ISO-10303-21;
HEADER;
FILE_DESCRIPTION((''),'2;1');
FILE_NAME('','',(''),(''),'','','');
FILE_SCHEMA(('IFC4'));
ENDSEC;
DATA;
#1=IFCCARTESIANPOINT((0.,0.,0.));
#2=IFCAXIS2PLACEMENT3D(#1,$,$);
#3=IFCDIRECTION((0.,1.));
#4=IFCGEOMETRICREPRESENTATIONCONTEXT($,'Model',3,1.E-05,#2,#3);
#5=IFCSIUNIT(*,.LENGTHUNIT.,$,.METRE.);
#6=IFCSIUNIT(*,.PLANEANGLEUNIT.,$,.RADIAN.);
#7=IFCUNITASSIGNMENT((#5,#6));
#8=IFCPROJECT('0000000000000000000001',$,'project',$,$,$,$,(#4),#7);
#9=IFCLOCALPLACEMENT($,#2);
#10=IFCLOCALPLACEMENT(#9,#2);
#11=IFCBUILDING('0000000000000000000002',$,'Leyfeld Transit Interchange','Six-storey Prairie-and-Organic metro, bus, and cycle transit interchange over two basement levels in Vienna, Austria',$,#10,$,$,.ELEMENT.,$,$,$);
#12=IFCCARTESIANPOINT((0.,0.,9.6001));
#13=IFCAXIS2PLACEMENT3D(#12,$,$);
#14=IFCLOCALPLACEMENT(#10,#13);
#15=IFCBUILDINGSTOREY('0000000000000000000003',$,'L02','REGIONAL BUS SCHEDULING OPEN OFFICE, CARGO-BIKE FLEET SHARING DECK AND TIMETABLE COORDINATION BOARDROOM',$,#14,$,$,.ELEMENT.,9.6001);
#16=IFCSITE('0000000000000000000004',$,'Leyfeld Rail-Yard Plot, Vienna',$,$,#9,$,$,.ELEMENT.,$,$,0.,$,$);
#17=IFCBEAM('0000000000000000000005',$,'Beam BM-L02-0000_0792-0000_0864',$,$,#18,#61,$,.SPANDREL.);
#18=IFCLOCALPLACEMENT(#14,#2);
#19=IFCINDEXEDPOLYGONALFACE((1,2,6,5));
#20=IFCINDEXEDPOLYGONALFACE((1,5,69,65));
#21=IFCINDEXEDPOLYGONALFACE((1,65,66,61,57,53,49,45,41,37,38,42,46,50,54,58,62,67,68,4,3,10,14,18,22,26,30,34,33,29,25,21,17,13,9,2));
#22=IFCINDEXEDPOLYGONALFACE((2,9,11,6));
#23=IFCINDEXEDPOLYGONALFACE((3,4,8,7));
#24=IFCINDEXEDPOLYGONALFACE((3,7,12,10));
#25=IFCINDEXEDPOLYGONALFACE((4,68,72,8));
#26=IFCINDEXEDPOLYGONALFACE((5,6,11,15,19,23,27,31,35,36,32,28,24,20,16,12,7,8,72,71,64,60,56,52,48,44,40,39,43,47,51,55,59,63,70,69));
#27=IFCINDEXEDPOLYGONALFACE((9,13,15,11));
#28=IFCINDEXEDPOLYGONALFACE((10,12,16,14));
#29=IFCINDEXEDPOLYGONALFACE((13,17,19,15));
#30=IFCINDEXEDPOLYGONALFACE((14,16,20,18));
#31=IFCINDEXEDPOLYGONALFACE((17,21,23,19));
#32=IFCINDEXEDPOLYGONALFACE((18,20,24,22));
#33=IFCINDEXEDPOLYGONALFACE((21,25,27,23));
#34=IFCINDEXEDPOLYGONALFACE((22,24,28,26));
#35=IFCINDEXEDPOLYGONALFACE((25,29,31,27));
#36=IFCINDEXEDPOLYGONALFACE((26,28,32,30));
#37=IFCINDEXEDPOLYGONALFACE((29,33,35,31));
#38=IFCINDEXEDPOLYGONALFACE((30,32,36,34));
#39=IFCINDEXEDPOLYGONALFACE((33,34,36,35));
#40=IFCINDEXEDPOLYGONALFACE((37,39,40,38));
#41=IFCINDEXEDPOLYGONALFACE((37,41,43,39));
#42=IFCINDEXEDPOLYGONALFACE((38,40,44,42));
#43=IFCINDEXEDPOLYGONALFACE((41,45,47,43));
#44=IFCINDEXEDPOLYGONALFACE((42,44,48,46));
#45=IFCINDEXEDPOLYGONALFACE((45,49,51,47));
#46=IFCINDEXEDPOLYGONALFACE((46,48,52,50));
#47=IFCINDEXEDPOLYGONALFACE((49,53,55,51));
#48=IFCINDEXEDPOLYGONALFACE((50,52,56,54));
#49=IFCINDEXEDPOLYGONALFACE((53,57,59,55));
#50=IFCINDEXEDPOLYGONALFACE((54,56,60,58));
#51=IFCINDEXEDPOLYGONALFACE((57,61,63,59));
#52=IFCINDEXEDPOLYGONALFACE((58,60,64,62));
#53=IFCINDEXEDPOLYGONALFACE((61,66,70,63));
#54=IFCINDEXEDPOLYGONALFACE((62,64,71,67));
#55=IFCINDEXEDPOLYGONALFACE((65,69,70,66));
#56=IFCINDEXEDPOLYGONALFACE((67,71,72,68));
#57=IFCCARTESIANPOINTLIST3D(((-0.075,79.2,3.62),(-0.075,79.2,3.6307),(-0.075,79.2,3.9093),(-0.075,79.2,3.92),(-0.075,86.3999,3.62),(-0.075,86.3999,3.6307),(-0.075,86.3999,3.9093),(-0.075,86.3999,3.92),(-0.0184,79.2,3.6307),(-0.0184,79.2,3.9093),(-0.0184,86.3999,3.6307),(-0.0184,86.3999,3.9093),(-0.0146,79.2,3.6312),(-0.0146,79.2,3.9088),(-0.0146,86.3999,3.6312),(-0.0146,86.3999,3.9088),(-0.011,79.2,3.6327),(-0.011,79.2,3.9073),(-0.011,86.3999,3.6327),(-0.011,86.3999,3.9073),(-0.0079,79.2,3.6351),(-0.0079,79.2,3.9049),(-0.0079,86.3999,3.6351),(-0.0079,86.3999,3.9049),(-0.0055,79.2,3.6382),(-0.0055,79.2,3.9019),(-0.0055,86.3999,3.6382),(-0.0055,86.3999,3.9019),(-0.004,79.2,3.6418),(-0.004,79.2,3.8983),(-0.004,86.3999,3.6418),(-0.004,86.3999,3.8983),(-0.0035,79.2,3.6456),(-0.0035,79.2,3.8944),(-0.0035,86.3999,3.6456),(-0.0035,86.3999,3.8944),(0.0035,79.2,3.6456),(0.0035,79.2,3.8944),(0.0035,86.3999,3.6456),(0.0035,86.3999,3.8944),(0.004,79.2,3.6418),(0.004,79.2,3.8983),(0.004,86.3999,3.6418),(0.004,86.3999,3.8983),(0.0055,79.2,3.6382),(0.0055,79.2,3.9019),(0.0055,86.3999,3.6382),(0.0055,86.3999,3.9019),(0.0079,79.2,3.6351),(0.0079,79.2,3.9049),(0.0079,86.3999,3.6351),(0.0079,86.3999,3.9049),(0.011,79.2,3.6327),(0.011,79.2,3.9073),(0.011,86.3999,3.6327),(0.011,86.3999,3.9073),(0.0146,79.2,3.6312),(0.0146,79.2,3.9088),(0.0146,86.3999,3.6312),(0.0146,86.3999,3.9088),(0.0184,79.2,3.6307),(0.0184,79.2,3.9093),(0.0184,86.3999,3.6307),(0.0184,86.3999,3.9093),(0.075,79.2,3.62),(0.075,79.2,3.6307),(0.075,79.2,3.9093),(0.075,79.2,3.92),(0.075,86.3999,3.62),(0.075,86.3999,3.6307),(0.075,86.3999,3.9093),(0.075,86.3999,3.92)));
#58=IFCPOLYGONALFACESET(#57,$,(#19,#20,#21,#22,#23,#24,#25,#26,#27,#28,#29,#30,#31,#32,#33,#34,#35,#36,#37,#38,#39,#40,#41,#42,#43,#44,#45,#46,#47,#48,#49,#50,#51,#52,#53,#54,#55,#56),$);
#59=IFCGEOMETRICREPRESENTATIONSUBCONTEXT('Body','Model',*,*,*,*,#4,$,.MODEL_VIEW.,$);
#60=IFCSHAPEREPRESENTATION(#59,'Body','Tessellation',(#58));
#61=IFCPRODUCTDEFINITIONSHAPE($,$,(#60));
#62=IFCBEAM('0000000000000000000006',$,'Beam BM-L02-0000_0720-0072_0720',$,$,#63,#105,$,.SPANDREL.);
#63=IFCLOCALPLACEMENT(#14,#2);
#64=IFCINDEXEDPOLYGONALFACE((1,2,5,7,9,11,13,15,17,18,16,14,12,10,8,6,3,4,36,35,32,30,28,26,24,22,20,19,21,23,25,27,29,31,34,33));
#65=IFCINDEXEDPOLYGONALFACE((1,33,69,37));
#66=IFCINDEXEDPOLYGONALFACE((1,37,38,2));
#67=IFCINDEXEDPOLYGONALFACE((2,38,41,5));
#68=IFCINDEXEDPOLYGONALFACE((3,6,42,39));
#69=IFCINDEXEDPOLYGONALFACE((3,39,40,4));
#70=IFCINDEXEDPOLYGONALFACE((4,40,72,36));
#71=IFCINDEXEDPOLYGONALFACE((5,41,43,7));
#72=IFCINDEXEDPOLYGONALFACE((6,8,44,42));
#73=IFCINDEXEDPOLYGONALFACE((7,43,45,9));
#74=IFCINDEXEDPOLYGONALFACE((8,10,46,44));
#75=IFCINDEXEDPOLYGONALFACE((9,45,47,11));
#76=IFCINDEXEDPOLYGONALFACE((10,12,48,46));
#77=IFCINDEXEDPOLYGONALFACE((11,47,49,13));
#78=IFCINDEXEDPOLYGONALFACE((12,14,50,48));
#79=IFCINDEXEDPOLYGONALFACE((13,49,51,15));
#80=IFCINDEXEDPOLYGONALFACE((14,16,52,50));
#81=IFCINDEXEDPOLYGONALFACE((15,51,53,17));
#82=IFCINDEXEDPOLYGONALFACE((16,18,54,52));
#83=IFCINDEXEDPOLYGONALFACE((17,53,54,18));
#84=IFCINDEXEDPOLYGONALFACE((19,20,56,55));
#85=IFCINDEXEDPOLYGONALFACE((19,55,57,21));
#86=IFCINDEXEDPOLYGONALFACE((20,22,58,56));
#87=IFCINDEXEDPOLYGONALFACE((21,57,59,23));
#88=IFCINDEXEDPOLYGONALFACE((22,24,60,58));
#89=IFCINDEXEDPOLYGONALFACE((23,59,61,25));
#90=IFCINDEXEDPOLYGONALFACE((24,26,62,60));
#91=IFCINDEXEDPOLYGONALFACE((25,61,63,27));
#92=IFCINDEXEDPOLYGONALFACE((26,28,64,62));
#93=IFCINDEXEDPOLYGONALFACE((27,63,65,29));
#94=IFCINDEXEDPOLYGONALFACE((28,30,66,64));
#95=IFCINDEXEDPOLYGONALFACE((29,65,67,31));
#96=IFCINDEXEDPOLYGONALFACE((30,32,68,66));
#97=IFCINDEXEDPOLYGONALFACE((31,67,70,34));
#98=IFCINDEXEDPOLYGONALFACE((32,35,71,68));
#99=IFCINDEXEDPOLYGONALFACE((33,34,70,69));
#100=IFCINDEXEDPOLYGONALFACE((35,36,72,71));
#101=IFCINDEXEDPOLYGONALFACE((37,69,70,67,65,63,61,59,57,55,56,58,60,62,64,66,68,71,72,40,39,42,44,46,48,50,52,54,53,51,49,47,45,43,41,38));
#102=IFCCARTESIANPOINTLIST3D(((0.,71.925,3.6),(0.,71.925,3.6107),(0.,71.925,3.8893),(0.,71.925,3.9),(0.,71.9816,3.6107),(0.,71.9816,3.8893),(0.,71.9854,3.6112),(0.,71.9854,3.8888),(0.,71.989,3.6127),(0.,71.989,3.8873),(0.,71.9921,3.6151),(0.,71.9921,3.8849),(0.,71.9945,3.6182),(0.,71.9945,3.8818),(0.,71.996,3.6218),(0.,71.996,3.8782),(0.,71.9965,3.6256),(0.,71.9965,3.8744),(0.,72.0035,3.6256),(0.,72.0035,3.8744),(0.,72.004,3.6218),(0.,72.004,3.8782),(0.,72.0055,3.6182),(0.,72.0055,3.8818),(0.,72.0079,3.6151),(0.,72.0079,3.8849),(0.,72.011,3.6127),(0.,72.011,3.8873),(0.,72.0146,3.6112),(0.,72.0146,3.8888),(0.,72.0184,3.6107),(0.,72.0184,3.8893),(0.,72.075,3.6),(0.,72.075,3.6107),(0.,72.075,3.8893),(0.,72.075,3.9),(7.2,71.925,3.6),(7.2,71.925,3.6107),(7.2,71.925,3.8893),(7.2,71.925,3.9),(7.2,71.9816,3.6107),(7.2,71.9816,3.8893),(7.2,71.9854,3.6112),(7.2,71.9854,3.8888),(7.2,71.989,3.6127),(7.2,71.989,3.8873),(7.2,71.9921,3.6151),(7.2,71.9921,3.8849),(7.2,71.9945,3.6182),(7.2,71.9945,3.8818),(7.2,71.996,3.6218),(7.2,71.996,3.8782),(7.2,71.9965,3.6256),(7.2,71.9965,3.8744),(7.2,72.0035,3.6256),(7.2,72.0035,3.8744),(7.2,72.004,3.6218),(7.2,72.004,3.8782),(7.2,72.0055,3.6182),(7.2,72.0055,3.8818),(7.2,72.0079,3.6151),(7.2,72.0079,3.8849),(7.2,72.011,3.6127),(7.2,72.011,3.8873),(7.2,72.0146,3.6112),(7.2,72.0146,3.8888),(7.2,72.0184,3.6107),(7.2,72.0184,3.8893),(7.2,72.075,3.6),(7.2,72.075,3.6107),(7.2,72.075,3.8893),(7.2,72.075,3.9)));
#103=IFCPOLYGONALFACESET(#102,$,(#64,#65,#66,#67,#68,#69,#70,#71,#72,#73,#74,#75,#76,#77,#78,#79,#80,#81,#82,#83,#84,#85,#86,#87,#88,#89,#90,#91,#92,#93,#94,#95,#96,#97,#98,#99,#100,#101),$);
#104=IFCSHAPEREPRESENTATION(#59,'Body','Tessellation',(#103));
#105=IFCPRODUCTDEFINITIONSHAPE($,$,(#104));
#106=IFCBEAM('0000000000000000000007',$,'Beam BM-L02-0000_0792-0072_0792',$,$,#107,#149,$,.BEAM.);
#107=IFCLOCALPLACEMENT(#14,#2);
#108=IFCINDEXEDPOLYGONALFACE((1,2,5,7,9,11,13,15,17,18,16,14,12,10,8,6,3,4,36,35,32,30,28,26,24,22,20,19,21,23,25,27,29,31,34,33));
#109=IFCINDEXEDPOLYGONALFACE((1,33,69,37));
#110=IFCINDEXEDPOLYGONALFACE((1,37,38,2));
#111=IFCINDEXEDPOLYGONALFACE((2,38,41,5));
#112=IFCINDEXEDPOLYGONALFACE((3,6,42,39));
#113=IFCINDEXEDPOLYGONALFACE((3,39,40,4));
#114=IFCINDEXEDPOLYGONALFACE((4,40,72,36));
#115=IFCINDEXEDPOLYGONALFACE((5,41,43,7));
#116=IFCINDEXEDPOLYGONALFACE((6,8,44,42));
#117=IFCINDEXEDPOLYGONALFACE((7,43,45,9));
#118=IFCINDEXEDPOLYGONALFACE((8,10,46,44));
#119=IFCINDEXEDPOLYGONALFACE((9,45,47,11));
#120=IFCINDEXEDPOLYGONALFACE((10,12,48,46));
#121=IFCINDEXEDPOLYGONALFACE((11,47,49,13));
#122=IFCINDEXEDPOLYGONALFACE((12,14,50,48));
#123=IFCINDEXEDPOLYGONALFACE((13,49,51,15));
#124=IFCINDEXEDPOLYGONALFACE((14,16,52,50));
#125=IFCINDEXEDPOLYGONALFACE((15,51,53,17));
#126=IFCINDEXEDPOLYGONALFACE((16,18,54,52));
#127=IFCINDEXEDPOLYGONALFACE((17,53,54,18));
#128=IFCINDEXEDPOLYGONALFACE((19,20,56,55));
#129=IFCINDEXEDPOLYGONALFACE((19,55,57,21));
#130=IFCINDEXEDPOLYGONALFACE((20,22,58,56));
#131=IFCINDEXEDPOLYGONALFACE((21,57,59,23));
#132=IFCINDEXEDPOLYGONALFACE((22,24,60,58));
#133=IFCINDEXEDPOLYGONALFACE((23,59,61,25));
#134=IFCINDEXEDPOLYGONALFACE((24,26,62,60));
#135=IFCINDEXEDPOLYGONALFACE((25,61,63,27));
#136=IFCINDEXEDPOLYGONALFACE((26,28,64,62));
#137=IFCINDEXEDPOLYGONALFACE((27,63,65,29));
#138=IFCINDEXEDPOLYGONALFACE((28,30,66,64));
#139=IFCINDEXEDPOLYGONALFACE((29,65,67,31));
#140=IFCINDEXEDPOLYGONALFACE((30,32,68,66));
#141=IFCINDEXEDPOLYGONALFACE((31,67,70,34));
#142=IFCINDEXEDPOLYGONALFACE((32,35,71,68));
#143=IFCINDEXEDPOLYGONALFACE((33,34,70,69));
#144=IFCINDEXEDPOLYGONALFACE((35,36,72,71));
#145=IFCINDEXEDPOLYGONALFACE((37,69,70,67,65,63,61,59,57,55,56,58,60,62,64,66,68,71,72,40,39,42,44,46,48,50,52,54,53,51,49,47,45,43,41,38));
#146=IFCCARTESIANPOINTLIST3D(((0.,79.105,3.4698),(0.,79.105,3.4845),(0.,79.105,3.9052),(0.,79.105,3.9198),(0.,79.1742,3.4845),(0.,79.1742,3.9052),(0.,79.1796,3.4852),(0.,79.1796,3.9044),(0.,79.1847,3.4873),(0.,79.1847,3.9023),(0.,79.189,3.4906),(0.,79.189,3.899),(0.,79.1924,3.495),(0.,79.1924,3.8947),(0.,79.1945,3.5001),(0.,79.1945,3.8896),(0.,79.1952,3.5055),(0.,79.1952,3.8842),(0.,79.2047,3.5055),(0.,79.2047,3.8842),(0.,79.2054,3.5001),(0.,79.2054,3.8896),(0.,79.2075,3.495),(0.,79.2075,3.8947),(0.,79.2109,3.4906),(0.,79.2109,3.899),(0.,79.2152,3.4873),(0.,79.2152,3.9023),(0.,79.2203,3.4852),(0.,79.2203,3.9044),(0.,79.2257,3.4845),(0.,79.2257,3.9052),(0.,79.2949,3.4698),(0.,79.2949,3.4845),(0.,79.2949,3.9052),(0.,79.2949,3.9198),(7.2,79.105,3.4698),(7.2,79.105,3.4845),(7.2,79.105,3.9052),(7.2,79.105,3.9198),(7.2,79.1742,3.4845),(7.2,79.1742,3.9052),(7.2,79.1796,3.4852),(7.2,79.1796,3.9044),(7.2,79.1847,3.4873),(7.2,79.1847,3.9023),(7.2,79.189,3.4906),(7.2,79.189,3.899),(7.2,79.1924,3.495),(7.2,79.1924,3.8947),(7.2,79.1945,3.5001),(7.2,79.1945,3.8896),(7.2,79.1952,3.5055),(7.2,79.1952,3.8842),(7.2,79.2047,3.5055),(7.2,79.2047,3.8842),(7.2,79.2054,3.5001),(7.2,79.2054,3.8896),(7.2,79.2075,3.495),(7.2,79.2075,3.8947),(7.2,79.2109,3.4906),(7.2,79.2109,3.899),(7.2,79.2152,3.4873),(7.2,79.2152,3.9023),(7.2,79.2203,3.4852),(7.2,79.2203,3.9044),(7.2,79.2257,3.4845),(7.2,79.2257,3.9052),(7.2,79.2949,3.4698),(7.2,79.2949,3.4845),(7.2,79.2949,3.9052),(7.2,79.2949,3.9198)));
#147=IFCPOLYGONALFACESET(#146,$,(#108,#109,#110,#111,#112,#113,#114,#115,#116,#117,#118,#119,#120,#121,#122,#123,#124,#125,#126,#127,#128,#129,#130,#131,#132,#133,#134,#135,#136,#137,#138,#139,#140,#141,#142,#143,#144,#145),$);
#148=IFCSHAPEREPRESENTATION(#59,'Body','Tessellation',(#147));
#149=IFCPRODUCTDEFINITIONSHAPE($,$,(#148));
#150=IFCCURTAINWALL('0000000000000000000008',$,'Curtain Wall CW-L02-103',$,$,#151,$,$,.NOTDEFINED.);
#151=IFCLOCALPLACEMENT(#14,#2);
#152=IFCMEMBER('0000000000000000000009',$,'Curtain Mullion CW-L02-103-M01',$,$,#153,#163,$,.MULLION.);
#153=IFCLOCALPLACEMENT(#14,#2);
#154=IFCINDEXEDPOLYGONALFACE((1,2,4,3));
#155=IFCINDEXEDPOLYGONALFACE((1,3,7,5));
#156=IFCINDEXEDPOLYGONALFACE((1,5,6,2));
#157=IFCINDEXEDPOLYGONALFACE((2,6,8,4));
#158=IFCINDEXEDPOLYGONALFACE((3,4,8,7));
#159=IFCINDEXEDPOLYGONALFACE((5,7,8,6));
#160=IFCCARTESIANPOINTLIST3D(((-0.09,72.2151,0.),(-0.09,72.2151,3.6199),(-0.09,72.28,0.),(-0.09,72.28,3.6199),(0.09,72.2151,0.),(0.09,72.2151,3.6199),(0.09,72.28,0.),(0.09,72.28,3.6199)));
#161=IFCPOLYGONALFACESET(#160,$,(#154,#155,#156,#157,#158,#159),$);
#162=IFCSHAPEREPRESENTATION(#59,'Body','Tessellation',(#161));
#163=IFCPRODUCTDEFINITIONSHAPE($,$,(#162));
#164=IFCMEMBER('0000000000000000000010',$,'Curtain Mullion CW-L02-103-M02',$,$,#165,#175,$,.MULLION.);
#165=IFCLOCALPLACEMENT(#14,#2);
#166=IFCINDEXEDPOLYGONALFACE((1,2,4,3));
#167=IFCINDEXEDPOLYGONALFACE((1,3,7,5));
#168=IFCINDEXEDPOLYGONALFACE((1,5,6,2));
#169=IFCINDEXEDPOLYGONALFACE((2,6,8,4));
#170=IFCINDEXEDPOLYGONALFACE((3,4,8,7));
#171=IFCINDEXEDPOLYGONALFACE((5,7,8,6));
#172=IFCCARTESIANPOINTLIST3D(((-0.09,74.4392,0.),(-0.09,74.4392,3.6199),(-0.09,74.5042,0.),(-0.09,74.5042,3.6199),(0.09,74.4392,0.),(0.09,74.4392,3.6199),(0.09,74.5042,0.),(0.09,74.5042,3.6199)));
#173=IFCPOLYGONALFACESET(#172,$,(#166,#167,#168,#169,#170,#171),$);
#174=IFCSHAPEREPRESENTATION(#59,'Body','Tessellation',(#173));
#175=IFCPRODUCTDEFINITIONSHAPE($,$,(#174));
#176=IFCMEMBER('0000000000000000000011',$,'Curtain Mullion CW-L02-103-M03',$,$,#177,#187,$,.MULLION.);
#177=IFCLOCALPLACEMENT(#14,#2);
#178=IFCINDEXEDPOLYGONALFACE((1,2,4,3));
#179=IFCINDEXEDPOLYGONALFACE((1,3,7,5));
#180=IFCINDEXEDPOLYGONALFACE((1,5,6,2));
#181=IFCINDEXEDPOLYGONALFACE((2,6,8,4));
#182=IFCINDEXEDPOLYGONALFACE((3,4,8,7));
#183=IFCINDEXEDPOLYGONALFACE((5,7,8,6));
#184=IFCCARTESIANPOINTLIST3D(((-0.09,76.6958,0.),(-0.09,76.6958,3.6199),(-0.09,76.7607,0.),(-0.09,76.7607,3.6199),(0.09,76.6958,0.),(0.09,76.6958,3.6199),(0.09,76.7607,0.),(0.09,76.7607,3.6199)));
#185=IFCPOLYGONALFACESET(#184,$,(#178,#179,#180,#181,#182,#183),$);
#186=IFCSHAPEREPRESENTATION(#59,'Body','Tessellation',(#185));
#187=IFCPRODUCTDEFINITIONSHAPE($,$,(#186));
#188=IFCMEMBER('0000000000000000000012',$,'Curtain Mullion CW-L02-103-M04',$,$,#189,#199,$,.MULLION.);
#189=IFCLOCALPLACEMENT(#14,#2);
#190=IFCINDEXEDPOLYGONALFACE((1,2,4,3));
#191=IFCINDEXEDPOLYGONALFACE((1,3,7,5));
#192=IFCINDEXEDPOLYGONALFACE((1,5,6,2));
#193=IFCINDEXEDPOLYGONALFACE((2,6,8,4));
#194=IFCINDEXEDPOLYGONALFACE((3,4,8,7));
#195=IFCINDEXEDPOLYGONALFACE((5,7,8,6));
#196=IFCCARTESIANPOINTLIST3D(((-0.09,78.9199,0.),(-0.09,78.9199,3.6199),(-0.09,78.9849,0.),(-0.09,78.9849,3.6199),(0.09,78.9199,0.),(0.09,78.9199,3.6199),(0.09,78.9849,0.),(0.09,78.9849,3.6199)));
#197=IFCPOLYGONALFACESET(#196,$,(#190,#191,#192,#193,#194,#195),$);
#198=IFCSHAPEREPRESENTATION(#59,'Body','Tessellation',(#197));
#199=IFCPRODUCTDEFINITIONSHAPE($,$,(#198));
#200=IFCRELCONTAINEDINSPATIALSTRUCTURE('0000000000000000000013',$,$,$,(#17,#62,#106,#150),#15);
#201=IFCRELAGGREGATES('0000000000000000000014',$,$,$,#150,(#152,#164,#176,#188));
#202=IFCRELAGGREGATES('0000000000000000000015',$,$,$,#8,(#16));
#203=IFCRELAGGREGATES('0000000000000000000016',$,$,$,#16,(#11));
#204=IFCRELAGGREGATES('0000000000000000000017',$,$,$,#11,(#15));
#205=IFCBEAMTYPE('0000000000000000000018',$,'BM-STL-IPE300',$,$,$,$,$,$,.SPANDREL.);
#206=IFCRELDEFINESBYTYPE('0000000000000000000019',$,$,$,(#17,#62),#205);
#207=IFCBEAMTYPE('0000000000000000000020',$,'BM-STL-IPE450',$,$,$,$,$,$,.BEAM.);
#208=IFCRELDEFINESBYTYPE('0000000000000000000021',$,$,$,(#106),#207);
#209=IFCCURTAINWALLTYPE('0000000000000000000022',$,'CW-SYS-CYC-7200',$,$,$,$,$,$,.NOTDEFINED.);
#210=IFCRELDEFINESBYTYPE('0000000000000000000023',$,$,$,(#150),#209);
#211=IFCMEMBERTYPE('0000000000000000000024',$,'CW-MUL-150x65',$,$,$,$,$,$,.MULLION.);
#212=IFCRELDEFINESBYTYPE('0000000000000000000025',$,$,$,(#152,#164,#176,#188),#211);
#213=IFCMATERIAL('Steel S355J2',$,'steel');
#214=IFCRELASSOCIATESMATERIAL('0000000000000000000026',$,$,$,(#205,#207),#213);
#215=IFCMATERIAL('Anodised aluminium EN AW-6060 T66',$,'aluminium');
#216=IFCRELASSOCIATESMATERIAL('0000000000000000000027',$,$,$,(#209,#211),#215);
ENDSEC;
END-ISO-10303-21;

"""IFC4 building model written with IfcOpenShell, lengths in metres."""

from ifc_helpers import new_model, si_unit, direction, frame, origin, origin_2d, place, context, subcontext, project, spatial, rectangle, i_section, extrude, material, material_profile, profile_set, type_object, element, aggregate, save


model = new_model("IFC4")

# Units and contexts
model_context = context("Model", 3, precision=1e-05, world=origin(), true_north=direction((0.0, 1.0)))
body_context = subcontext(model_context, "Body", "Model", "MODEL_VIEW")
ifc_project = project(units=[si_unit("LENGTHUNIT", "METRE"), si_unit("PLANEANGLEUNIT", "RADIAN")], contexts=[model_context])

# Site, building, storey
site_placement = place(None, origin())
site = spatial("IfcSite", under=ifc_project, at=site_placement, Name="Leyfeld Rail-Yard Plot, Vienna", CompositionType="ELEMENT", RefElevation=0.0)
building_placement = place(site_placement, origin())
building = spatial("IfcBuilding", under=site, at=building_placement, Name="Leyfeld Transit Interchange", Description="Six-storey Prairie-and-Organic metro, bus, and cycle transit interchange over two basement levels in Vienna, Austria", CompositionType="ELEMENT")
storey_placement = place(building_placement, frame((0.0, 0.0, 9.6001)))
storey = spatial("IfcBuildingStorey", under=building, at=storey_placement, Name="L02", Description="REGIONAL BUS SCHEDULING OPEN OFFICE, CARGO-BIKE FLEET SHARING DECK AND TIMETABLE COORDINATION BOARDROOM", CompositionType="ELEMENT", Elevation=9.6001)

# Beams
ifc_material_1 = material(Name="Steel S355J2", Category="steel")
ifc_material_profile_1 = material_profile(ifc_material_1, i_section(OverallWidth=0.1499, OverallDepth=0.3, WebThickness=0.0071, FlangeThickness=0.0107, FilletRadius=0.0149, at=origin_2d()), Name="IPE 300")
ifc_profile_set_1 = profile_set([ifc_material_profile_1], Name="Steel S355J2")
beam_type_1 = type_object("IfcBeamType", Name="BM-STL-IPE300", PredefinedType="SPANDREL", material=ifc_profile_set_1)
for number, where, z_axis, x_axis, name in (
    (1, (0.0, 79.2, 3.77), (0.0, 1.0, 0.0), (-1.0, 0.0, 0.0), "Beam BM-L02-0000_0792-0000_0864"),
    (2, (0.0, 72.0, 3.75), (1.0, 0.0, 0.0), (0.0, 1.0, 0.0), "Beam BM-L02-0000_0720-0072_0720"),
):
    element("IfcBeam", number, at=place(storey_placement, frame(where, z_axis=z_axis, x_axis=x_axis)), inside=storey, type_object=beam_type_1, Name=name, PredefinedType="SPANDREL", context=body_context, shape_type="SweptSolid", body=[
        extrude(i_section(OverallWidth=0.1499, OverallDepth=0.3, WebThickness=0.0071, FlangeThickness=0.0107, FilletRadius=0.0149, at=origin_2d()), origin(), (0.0, 0.0, 1.0), 7.2),
    ])
ifc_material_profile_2 = material_profile(ifc_material_1, i_section(OverallWidth=0.1899, OverallDepth=0.45, WebThickness=0.0095, FlangeThickness=0.0146, FilletRadius=0.021, at=origin_2d()), Name="IPE 450")
ifc_profile_set_2 = profile_set([ifc_material_profile_2], Name="Steel S355J2")
beam_type_2 = type_object("IfcBeamType", Name="BM-STL-IPE450", PredefinedType="BEAM", material=ifc_profile_set_2)
beam_placement = place(storey_placement, frame((0.0, 79.2, 3.6948), z_axis=(1.0, 0.0, 0.0), x_axis=(0.0, 1.0, 0.0)))
element("IfcBeam", 3, at=beam_placement, inside=storey, type_object=beam_type_2, Name="Beam BM-L02-0000_0792-0072_0792", PredefinedType="BEAM", context=body_context, shape_type="SweptSolid", body=[
    extrude(i_section(OverallWidth=0.1899, OverallDepth=0.45, WebThickness=0.0095, FlangeThickness=0.0146, FilletRadius=0.021, at=origin_2d()), origin(), (0.0, 0.0, 1.0), 7.2),
])

# Curtain wall, members
ifc_material_2 = material(Name="Anodised aluminium EN AW-6060 T66", Category="aluminium")
curtain_wall_type = type_object("IfcCurtainWallType", Name="CW-SYS-CYC-7200", PredefinedType="NOTDEFINED", material=ifc_material_2)
curtain_wall_placement = place(storey_placement, origin())
curtain_wall = element("IfcCurtainWall", 4, at=curtain_wall_placement, inside=storey, type_object=curtain_wall_type, Name="Curtain Wall CW-L02-103", PredefinedType="NOTDEFINED")
ifc_material_profile_3 = material_profile(ifc_material_2, rectangle(XDim=0.0649, YDim=0.1799, at=origin_2d()), Name="CW-M 65x180")
ifc_profile_set_3 = profile_set([ifc_material_profile_3], Name="Anodised aluminium EN AW-6060 T66")
member_type_1 = type_object("IfcMemberType", Name="CW-MUL-150x65", PredefinedType="MULLION", material=ifc_profile_set_3)
member_1_placement = place(storey_placement, frame((0.0, 72.2476, 0.0), z_axis=(0.0, 0.0, 1.0), x_axis=(0.0, 1.0, 0.0)))
member_1 = element("IfcMember", 5, at=member_1_placement, type_object=member_type_1, Name="Curtain Mullion CW-L02-103-M01", PredefinedType="MULLION", context=body_context, shape_type="SweptSolid", body=[
    extrude(rectangle(XDim=0.0649, YDim=0.1799, at=origin_2d()), origin(), (0.0, 0.0, 1.0), 3.6199),
])
member_2_placement = place(storey_placement, frame((0.0, 74.4717, 0.0), z_axis=(0.0, 0.0, 1.0), x_axis=(0.0, 1.0, 0.0)))
member_2 = element("IfcMember", 6, at=member_2_placement, type_object=member_type_1, Name="Curtain Mullion CW-L02-103-M02", PredefinedType="MULLION", context=body_context, shape_type="SweptSolid", body=[
    extrude(rectangle(XDim=0.0649, YDim=0.1799, at=origin_2d()), origin(), (0.0, 0.0, 1.0), 3.6199),
])
member_3_placement = place(storey_placement, frame((0.0, 76.7283, 0.0), z_axis=(0.0, 0.0, 1.0), x_axis=(0.0, 1.0, 0.0)))
member_3 = element("IfcMember", 7, at=member_3_placement, type_object=member_type_1, Name="Curtain Mullion CW-L02-103-M03", PredefinedType="MULLION", context=body_context, shape_type="SweptSolid", body=[
    extrude(rectangle(XDim=0.0649, YDim=0.1799, at=origin_2d()), origin(), (0.0, 0.0, 1.0), 3.6199),
])
member_4_placement = place(storey_placement, frame((0.0, 78.9524, 0.0), z_axis=(0.0, 0.0, 1.0), x_axis=(0.0, 1.0, 0.0)))
member_4 = element("IfcMember", 8, at=member_4_placement, type_object=member_type_1, Name="Curtain Mullion CW-L02-103-M04", PredefinedType="MULLION", context=body_context, shape_type="SweptSolid", body=[
    extrude(rectangle(XDim=0.0649, YDim=0.1799, at=origin_2d()), origin(), (0.0, 0.0, 1.0), 3.6199),
])
aggregate(curtain_wall, [member_1, member_2, member_3, member_4])

save(model, "model.ifc")
